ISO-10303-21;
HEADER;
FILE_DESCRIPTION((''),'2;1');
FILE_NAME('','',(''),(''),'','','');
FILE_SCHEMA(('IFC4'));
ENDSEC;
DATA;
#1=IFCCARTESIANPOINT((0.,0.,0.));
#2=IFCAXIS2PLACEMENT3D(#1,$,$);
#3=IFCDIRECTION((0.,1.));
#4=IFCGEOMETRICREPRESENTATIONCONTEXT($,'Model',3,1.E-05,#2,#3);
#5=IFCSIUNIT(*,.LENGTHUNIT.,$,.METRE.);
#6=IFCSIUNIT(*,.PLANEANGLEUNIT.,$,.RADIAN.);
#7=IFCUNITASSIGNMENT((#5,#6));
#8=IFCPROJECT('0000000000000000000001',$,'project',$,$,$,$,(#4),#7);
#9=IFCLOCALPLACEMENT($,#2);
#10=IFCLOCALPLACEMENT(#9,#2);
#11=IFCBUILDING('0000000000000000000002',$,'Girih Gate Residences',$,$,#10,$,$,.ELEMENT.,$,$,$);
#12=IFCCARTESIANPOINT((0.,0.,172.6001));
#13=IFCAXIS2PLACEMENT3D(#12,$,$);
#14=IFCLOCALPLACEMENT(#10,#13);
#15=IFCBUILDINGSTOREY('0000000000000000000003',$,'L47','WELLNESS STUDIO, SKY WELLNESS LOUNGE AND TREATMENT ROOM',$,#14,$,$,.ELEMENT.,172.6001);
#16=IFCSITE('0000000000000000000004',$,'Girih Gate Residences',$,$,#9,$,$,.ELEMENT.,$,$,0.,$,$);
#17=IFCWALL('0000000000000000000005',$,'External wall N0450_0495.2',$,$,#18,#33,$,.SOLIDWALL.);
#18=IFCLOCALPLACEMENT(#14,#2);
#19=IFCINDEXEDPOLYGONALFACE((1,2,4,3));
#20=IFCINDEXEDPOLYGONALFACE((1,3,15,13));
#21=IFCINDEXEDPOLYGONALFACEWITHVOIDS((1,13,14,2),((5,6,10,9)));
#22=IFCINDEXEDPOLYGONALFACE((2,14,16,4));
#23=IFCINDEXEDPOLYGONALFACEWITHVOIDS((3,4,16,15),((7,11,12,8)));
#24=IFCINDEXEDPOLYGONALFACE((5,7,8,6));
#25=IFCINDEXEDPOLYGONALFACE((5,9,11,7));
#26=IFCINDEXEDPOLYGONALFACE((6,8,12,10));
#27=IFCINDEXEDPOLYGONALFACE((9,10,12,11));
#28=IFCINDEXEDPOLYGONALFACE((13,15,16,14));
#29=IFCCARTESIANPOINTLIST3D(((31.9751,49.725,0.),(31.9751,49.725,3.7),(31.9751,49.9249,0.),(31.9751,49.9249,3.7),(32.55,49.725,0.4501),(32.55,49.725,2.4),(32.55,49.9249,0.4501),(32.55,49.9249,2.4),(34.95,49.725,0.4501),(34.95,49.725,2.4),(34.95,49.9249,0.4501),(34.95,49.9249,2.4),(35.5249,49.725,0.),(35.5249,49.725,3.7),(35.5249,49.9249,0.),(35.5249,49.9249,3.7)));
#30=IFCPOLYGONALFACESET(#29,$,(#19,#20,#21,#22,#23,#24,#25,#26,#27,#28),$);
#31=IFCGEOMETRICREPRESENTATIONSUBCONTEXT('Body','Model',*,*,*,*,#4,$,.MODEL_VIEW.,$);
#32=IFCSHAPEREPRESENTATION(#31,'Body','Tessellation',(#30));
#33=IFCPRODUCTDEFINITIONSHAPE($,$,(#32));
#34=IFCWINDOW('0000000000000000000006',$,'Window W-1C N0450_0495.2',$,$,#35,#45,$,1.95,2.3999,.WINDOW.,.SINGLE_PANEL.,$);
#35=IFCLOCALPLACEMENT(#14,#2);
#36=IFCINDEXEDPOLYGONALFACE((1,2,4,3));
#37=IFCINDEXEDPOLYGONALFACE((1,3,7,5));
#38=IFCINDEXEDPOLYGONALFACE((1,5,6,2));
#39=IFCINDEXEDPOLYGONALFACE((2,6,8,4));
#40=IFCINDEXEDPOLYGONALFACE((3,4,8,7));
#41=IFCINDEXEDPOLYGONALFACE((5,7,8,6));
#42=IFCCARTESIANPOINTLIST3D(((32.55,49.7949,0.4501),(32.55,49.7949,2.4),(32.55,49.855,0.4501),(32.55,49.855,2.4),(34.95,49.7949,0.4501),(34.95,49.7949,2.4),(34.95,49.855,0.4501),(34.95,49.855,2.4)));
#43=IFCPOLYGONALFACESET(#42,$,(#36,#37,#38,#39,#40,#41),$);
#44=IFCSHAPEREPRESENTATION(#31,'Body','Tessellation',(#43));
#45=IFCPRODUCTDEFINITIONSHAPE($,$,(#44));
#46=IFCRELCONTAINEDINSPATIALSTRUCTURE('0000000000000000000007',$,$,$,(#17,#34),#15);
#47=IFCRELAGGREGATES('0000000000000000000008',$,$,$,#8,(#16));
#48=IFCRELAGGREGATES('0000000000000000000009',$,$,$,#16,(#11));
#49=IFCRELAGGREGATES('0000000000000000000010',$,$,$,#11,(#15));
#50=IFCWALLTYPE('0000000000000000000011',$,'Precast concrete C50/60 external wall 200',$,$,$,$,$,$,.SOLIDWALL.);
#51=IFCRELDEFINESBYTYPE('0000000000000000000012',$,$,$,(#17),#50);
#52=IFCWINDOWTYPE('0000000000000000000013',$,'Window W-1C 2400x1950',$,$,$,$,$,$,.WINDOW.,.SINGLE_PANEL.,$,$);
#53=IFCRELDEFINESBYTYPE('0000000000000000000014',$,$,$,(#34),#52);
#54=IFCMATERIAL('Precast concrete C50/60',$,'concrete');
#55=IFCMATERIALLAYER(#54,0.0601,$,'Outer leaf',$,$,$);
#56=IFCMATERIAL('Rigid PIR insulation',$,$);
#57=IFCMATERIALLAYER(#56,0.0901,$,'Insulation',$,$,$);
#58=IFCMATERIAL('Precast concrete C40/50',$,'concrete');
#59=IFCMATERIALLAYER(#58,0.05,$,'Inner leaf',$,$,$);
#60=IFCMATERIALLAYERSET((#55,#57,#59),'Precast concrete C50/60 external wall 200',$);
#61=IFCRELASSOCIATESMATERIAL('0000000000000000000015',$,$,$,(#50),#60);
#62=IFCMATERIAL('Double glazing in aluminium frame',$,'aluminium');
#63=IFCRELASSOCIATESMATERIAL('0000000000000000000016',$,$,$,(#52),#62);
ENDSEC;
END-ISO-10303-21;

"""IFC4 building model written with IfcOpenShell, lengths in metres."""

from ifc_helpers import new_model, si_unit, direction, frame, frame_2d, origin, place, context, subcontext, project, spatial, rectangle, extrude, material, layer, layer_set, type_object, element, fill, save


model = new_model("IFC4")

# Units and contexts
model_context = context("Model", 3, precision=1e-05, world=origin(), true_north=direction((0.0, 1.0)))
body_context = subcontext(model_context, "Body", "Model", "MODEL_VIEW")
ifc_project = project(units=[si_unit("LENGTHUNIT", "METRE"), si_unit("PLANEANGLEUNIT", "RADIAN")], contexts=[model_context])

# Site, building, storey
site_placement = place(None, origin())
site = spatial("IfcSite", under=ifc_project, at=site_placement, Name="Girih Gate Residences", CompositionType="ELEMENT", RefElevation=0.0)
building_placement = place(site_placement, origin())
building = spatial("IfcBuilding", under=site, at=building_placement, Name="Girih Gate Residences", CompositionType="ELEMENT")
storey_placement = place(building_placement, frame((0.0, 0.0, 172.6001)))
storey = spatial("IfcBuildingStorey", under=building, at=storey_placement, Name="L47", Description="WELLNESS STUDIO, SKY WELLNESS LOUNGE AND TREATMENT ROOM", CompositionType="ELEMENT", Elevation=172.6001)

# Wall, opening, window
ifc_material_1 = material(Name="Precast concrete C50/60", Category="concrete")
ifc_layer_1 = layer(ifc_material_1, 0.0601, Name="Outer leaf")
ifc_material_2 = material(Name="Rigid PIR insulation")
ifc_layer_2 = layer(ifc_material_2, 0.0901, Name="Insulation")
ifc_material_3 = material(Name="Precast concrete C40/50", Category="concrete")
ifc_layer_3 = layer(ifc_material_3, 0.05, Name="Inner leaf")
ifc_layer_set_1 = layer_set([ifc_layer_1, ifc_layer_2, ifc_layer_3], Name="Precast concrete C50/60 external wall 200")
wall_type_1 = type_object("IfcWallType", Name="Precast concrete C50/60 external wall 200", PredefinedType="SOLIDWALL", material=ifc_layer_set_1)
ifc_material_4 = material(Name="Double glazing in aluminium frame", Category="aluminium")
window_type = type_object("IfcWindowType", Name="Window W-1C 2400x1950", PartitioningType="SINGLE_PANEL", PredefinedType="WINDOW", material=ifc_material_4)
wall_1_placement = place(storey_placement, frame((31.9751, 49.825, 0.0), z_axis=(0.0, 0.0, 1.0), x_axis=(1.0, 0.0, 0.0)))
wall_1 = element("IfcWall", 1, at=wall_1_placement, inside=storey, type_object=wall_type_1, Name="External wall N0450_0495.2", PredefinedType="SOLIDWALL", context=body_context, shape_type="SweptSolid", body=[
    extrude(rectangle(XDim=3.5498, YDim=0.2, at=frame_2d((1.7749, 0.0))), origin(), (0.0, 0.0, 1.0), 3.7),
])
opening_1_placement = place(wall_1_placement, frame((0.575, 0.0, 0.45)))
opening_1 = element("IfcOpeningElement", 2, at=opening_1_placement, cuts=wall_1, PredefinedType="OPENING", context=body_context, shape_type="SweptSolid", body=[
    extrude(rectangle(XDim=2.3999, YDim=1.95, at=frame_2d((1.2, 0.9751))), frame((0.0, 0.1099, 0.0), z_axis=(0.0, -1.0, 0.0), x_axis=(1.0, 0.0, 0.0)), (0.0, 0.0, 1.0), 0.22),
])
window_1_placement = place(opening_1_placement, origin())
window_1 = element("IfcWindow", 3, at=window_1_placement, inside=storey, type_object=window_type, Name="Window W-1C N0450_0495.2", OverallHeight=1.95, OverallWidth=2.3999, PartitioningType="SINGLE_PANEL", PredefinedType="WINDOW", context=body_context, shape_type="SweptSolid", body=[
    extrude(rectangle(XDim=2.3999, YDim=1.95, at=frame_2d((1.2, 0.9751))), frame((0.0, 0.03, 0.0), z_axis=(0.0, -1.0, 0.0), x_axis=(1.0, 0.0, 0.0)), (0.0, 0.0, 1.0), 0.0601),
])
fill(opening_1, window_1)

save(model, "model.ifc")
